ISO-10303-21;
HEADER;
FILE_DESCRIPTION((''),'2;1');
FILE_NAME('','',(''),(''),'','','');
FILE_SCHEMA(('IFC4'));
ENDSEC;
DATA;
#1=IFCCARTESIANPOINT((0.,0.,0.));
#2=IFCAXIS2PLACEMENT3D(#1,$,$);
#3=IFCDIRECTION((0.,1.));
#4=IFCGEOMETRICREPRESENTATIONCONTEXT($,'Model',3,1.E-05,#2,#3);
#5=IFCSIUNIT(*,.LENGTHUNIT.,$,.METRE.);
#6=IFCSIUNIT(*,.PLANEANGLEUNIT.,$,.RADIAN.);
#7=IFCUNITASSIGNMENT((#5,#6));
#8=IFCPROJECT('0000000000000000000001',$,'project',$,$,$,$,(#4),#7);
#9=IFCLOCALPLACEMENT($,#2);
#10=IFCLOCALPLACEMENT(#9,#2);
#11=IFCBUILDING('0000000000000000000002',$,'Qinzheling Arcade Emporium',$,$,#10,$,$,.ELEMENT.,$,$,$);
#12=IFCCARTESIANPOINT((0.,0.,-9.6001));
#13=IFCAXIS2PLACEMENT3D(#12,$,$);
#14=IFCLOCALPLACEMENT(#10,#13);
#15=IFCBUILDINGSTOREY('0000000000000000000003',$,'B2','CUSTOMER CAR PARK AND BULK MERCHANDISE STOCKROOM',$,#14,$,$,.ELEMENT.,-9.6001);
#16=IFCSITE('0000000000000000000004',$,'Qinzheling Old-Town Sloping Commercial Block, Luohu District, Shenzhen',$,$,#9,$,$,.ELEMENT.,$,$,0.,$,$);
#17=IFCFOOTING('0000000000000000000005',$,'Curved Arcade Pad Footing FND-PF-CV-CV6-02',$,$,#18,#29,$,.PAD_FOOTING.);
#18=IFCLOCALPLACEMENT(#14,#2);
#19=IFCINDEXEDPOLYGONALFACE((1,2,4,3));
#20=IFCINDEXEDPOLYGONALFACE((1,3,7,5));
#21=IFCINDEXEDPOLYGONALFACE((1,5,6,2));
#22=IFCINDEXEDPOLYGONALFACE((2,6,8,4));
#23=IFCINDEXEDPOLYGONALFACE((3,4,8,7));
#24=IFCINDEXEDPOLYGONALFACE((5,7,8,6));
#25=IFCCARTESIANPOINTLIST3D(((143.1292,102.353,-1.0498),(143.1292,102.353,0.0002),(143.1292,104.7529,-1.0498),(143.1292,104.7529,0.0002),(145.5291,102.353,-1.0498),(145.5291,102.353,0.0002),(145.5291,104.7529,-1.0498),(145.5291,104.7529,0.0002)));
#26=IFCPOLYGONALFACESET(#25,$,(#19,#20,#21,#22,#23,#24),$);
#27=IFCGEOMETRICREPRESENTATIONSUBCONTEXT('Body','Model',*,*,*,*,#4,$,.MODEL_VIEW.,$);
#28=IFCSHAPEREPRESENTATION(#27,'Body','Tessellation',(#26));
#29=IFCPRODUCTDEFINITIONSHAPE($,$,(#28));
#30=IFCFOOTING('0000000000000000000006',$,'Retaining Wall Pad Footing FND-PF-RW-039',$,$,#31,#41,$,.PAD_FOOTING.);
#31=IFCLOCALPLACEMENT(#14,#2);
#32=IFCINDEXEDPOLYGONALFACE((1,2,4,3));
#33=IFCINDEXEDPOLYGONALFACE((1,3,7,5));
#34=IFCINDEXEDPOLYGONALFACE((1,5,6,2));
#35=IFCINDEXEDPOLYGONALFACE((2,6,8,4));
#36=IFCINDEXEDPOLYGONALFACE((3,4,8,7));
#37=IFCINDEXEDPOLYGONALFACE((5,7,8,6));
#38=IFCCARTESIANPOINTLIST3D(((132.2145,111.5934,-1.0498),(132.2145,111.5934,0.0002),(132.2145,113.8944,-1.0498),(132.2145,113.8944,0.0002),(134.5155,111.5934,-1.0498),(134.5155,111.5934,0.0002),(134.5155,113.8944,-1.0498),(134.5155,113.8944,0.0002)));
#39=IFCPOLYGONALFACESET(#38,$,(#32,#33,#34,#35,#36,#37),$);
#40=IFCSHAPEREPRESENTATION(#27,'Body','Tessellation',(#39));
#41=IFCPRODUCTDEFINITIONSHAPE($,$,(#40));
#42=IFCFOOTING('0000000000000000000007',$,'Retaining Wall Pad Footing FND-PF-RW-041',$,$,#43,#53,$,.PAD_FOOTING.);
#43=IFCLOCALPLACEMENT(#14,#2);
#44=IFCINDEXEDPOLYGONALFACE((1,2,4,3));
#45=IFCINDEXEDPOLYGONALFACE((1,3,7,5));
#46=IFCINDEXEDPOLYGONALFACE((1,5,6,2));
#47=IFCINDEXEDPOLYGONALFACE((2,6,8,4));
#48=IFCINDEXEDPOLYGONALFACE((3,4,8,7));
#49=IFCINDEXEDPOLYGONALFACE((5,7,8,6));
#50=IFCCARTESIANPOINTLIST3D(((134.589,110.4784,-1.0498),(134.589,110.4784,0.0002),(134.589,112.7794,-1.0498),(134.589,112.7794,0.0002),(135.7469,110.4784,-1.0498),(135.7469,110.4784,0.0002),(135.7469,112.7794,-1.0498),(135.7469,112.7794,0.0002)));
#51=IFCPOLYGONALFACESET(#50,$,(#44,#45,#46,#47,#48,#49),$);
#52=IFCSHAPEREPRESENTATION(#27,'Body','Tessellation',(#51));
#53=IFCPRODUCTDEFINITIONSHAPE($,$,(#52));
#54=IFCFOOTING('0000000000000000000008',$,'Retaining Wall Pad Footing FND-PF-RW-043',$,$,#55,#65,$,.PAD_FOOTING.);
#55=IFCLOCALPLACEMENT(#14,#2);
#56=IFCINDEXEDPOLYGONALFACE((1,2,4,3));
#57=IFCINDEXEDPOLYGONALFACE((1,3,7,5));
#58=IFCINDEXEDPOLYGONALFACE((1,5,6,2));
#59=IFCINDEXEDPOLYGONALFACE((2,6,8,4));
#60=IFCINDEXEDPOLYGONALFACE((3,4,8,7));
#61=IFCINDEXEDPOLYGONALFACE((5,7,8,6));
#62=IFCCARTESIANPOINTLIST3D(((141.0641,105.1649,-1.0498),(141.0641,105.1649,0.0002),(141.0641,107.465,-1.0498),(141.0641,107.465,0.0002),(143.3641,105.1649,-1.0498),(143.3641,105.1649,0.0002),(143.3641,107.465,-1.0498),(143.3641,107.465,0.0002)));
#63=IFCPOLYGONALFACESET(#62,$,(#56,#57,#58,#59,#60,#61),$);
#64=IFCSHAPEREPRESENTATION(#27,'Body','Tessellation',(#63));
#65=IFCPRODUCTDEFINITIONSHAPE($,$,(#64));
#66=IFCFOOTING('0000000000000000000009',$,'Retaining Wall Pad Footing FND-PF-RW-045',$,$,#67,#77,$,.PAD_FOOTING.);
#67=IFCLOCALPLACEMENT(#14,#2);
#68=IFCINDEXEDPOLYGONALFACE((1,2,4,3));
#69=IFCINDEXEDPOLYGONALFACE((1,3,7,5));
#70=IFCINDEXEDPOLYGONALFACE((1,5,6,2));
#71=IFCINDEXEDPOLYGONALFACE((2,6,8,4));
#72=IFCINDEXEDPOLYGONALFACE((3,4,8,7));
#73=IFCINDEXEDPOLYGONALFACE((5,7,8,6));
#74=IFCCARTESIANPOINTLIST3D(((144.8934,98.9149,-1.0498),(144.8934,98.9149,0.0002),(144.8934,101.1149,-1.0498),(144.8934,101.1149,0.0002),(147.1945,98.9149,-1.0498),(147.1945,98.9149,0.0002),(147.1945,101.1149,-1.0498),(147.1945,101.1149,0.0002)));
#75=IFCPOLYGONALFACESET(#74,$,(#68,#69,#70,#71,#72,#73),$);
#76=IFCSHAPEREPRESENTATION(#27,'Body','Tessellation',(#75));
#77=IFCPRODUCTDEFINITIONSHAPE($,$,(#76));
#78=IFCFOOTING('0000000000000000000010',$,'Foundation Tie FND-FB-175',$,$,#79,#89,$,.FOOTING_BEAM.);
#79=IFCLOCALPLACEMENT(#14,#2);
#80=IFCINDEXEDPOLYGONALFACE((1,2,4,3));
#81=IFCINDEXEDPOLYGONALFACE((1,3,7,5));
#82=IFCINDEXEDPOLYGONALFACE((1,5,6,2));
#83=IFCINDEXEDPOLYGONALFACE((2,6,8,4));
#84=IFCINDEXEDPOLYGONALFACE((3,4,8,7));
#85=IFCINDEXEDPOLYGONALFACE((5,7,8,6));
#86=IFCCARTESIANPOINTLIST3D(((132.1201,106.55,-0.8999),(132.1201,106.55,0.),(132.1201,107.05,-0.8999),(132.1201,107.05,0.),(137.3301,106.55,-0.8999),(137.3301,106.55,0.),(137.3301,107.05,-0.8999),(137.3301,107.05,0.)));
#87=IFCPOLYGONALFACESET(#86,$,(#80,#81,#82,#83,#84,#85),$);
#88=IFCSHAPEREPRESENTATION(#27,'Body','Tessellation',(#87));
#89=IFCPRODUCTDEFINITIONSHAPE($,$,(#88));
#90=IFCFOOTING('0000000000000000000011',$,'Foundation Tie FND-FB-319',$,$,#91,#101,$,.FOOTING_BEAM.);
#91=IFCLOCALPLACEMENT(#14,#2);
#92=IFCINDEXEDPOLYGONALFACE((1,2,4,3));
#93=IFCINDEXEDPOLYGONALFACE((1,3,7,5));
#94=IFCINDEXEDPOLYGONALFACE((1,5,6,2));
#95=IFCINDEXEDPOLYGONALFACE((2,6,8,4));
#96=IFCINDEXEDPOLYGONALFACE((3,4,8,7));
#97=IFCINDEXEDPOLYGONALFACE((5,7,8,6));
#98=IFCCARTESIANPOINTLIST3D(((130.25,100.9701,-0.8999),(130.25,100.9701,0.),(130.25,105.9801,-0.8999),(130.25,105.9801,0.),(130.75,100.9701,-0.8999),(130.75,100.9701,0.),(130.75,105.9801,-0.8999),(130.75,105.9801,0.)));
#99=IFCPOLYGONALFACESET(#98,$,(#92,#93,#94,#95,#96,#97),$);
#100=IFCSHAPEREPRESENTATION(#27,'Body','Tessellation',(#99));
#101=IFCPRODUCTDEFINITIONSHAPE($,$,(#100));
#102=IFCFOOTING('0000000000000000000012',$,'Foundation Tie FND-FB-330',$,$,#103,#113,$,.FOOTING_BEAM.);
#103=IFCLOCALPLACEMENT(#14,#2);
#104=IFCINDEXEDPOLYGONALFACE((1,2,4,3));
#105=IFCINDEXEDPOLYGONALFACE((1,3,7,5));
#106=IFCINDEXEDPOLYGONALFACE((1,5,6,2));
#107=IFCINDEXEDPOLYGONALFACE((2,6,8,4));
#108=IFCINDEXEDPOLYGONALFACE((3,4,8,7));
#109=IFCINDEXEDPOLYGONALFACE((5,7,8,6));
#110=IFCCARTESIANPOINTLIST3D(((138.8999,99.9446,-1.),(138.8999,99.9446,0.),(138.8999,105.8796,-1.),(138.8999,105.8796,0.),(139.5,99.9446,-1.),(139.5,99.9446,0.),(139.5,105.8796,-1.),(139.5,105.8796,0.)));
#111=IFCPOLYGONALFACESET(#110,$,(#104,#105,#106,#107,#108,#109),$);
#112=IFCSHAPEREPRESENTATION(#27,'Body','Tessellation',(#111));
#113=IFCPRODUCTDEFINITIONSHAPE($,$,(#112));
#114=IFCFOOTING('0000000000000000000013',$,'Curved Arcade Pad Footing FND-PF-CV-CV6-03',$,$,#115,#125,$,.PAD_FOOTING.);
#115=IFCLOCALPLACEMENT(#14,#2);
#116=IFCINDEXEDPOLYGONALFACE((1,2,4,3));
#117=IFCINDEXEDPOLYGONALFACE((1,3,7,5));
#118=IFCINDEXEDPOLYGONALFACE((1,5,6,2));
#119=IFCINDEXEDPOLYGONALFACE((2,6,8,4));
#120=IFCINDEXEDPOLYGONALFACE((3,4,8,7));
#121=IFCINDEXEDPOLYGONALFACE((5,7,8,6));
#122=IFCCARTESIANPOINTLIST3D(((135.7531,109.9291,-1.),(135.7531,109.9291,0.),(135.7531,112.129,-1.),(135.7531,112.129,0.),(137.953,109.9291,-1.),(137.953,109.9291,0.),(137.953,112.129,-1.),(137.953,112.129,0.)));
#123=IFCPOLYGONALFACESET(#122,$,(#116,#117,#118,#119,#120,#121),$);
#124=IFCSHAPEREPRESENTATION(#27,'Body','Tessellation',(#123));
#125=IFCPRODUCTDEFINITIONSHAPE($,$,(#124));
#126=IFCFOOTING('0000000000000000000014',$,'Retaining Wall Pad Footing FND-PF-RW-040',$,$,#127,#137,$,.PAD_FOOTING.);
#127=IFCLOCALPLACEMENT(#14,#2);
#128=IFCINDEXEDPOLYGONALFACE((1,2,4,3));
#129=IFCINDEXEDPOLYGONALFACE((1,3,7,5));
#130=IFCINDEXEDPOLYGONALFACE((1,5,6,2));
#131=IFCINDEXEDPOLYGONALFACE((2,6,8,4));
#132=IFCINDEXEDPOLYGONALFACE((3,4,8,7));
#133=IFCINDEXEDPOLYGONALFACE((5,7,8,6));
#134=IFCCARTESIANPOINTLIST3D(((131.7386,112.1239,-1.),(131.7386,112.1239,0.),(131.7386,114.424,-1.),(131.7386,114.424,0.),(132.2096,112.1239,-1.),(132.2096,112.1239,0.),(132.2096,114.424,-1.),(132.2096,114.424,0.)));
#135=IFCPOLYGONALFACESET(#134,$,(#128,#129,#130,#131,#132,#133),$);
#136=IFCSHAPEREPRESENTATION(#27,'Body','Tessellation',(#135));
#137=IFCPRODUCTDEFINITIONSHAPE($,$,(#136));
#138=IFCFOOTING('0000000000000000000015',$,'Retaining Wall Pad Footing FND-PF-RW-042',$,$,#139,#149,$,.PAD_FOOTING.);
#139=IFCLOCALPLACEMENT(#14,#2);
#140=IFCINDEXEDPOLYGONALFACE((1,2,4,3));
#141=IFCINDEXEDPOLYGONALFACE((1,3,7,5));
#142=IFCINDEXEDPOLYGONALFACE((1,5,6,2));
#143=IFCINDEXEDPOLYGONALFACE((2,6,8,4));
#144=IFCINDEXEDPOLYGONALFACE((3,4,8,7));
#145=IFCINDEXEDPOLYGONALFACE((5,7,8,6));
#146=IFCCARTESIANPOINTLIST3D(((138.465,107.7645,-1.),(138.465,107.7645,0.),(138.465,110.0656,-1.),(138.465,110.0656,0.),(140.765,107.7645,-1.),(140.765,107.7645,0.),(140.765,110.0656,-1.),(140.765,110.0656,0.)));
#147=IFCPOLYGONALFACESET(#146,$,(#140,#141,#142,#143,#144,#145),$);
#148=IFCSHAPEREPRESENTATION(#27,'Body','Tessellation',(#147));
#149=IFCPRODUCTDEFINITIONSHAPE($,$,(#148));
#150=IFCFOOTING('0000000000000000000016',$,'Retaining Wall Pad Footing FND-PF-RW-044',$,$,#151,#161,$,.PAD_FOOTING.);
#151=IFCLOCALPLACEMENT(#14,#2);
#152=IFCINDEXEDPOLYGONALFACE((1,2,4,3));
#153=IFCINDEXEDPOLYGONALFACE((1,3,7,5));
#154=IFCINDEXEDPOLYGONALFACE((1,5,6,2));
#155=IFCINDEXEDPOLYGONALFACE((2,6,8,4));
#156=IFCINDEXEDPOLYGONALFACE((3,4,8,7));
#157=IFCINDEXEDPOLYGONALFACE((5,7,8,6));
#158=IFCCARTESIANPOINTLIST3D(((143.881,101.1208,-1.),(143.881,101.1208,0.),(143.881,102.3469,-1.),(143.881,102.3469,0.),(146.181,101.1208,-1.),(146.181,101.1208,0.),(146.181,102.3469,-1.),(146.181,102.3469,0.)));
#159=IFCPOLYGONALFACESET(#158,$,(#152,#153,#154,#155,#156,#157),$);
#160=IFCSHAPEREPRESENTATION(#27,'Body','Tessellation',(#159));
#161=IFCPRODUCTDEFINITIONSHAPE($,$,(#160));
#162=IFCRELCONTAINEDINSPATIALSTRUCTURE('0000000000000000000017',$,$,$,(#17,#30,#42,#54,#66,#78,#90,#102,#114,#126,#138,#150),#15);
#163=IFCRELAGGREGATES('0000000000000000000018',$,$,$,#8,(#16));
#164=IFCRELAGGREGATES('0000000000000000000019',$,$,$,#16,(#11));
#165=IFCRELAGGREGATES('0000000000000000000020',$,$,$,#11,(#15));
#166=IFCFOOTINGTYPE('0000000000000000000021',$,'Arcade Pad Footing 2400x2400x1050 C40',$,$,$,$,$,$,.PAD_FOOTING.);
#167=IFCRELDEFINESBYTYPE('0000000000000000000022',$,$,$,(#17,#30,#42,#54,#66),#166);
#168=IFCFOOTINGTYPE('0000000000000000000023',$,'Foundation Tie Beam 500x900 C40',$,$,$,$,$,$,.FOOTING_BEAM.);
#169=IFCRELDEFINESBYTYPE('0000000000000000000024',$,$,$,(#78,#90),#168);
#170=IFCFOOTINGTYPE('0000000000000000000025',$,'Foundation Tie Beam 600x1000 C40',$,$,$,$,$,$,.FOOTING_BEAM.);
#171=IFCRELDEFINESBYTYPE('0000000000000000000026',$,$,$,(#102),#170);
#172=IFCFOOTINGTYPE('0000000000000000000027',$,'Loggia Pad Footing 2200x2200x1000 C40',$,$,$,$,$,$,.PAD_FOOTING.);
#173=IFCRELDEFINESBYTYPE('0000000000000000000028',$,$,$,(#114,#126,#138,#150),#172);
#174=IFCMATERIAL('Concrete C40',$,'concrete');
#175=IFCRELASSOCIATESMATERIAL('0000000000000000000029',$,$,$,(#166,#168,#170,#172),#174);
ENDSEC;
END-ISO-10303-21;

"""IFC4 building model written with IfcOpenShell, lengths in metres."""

from ifc_helpers import new_model, si_unit, direction, frame, origin, origin_2d, place, context, subcontext, project, spatial, rectangle, extrude, material, type_object, element, save


model = new_model("IFC4")

# Units and contexts
model_context = context("Model", 3, precision=1e-05, world=origin(), true_north=direction((0.0, 1.0)))
body_context = subcontext(model_context, "Body", "Model", "MODEL_VIEW")
ifc_project = project(units=[si_unit("LENGTHUNIT", "METRE"), si_unit("PLANEANGLEUNIT", "RADIAN")], contexts=[model_context])

# Site, building, storey
site_placement = place(None, origin())
site = spatial("IfcSite", under=ifc_project, at=site_placement, Name="Qinzheling Old-Town Sloping Commercial Block, Luohu District, Shenzhen", CompositionType="ELEMENT", RefElevation=0.0)
building_placement = place(site_placement, origin())
building = spatial("IfcBuilding", under=site, at=building_placement, Name="Qinzheling Arcade Emporium", CompositionType="ELEMENT")
storey_placement = place(building_placement, frame((0.0, 0.0, -9.6001)))
storey = spatial("IfcBuildingStorey", under=building, at=storey_placement, Name="B2", Description="CUSTOMER CAR PARK AND BULK MERCHANDISE STOCKROOM", CompositionType="ELEMENT", Elevation=-9.6001)

# Footings
ifc_material_1 = material(Name="Concrete C40", Category="concrete")
footing_type_1 = type_object("IfcFootingType", Name="Arcade Pad Footing 2400x2400x1050 C40", PredefinedType="PAD_FOOTING", material=ifc_material_1)
footing_1_placement = place(storey_placement, frame((144.3291, 103.553, -1.0498), z_axis=(0.0, 0.0, 1.0), x_axis=(1.0, 0.0, 0.0)))
element("IfcFooting", 1, at=footing_1_placement, inside=storey, type_object=footing_type_1, Name="Curved Arcade Pad Footing FND-PF-CV-CV6-02", PredefinedType="PAD_FOOTING", context=body_context, shape_type="SweptSolid", body=[
    extrude(rectangle(XDim=2.3999, YDim=2.3999, at=origin_2d()), origin(), (0.0, 0.0, 1.0), 1.05),
])
footing_2_placement = place(storey_placement, frame((133.365, 112.7439, -1.0498), z_axis=(0.0, 0.0, 1.0), x_axis=(1.0, 0.0, 0.0)))
element("IfcFooting", 2, at=footing_2_placement, inside=storey, type_object=footing_type_1, Name="Retaining Wall Pad Footing FND-PF-RW-039", PredefinedType="PAD_FOOTING", context=body_context, shape_type="SweptSolid", body=[
    extrude(rectangle(XDim=2.301, YDim=2.301, at=origin_2d()), origin(), (0.0, 0.0, 1.0), 1.05),
])
footing_3_placement = place(storey_placement, frame((135.168, 111.6289, -1.0498), z_axis=(0.0, 0.0, 1.0), x_axis=(1.0, 0.0, 0.0)))
element("IfcFooting", 3, at=footing_3_placement, inside=storey, type_object=footing_type_1, Name="Retaining Wall Pad Footing FND-PF-RW-041", PredefinedType="PAD_FOOTING", context=body_context, shape_type="SweptSolid", body=[
    extrude(rectangle(XDim=1.158, YDim=2.301, at=origin_2d()), origin(), (0.0, 0.0, 1.0), 1.05),
])
footing_4_placement = place(storey_placement, frame((142.2141, 106.3149, -1.0498), z_axis=(0.0, 0.0, 1.0), x_axis=(1.0, 0.0, 0.0)))
element("IfcFooting", 4, at=footing_4_placement, inside=storey, type_object=footing_type_1, Name="Retaining Wall Pad Footing FND-PF-RW-043", PredefinedType="PAD_FOOTING", context=body_context, shape_type="SweptSolid", body=[
    extrude(rectangle(XDim=2.3, YDim=2.3, at=origin_2d()), origin(), (0.0, 0.0, 1.0), 1.05),
])
footing_5_placement = place(storey_placement, frame((146.0439, 100.0149, -1.0498), z_axis=(0.0, 0.0, 1.0), x_axis=(1.0, 0.0, 0.0)))
element("IfcFooting", 5, at=footing_5_placement, inside=storey, type_object=footing_type_1, Name="Retaining Wall Pad Footing FND-PF-RW-045", PredefinedType="PAD_FOOTING", context=body_context, shape_type="SweptSolid", body=[
    extrude(rectangle(XDim=2.301, YDim=2.2, at=origin_2d()), origin(), (0.0, 0.0, 1.0), 1.05),
])
footing_type_2 = type_object("IfcFootingType", Name="Foundation Tie Beam 500x900 C40", PredefinedType="FOOTING_BEAM", material=ifc_material_1)
footing_6_placement = place(storey_placement, frame((134.7251, 106.8, -0.8999), z_axis=(0.0, 0.0, 1.0), x_axis=(1.0, 0.0, 0.0)))
element("IfcFooting", 6, at=footing_6_placement, inside=storey, type_object=footing_type_2, Name="Foundation Tie FND-FB-175", PredefinedType="FOOTING_BEAM", context=body_context, shape_type="SweptSolid", body=[
    extrude(rectangle(XDim=5.21, YDim=0.5, at=origin_2d()), origin(), (0.0, 0.0, 1.0), 0.8999),
])
footing_7_placement = place(storey_placement, frame((130.5, 103.4751, -0.8999), z_axis=(0.0, 0.0, 1.0), x_axis=(1.0, 0.0, 0.0)))
element("IfcFooting", 7, at=footing_7_placement, inside=storey, type_object=footing_type_2, Name="Foundation Tie FND-FB-319", PredefinedType="FOOTING_BEAM", context=body_context, shape_type="SweptSolid", body=[
    extrude(rectangle(XDim=0.5, YDim=5.01, at=origin_2d()), origin(), (0.0, 0.0, 1.0), 0.8999),
])
footing_type_3 = type_object("IfcFootingType", Name="Foundation Tie Beam 600x1000 C40", PredefinedType="FOOTING_BEAM", material=ifc_material_1)
footing_8_placement = place(storey_placement, frame((139.2, 102.9121, -1.0), z_axis=(0.0, 0.0, 1.0), x_axis=(1.0, 0.0, 0.0)))
element("IfcFooting", 8, at=footing_8_placement, inside=storey, type_object=footing_type_3, Name="Foundation Tie FND-FB-330", PredefinedType="FOOTING_BEAM", context=body_context, shape_type="SweptSolid", body=[
    extrude(rectangle(XDim=0.6001, YDim=5.9351, at=origin_2d()), origin(), (0.0, 0.0, 1.0), 1.0),
])
footing_type_4 = type_object("IfcFootingType", Name="Loggia Pad Footing 2200x2200x1000 C40", PredefinedType="PAD_FOOTING", material=ifc_material_1)
footing_9_placement = place(storey_placement, frame((136.853, 111.0291, -1.0), z_axis=(0.0, 0.0, 1.0), x_axis=(1.0, 0.0, 0.0)))
element("IfcFooting", 9, at=footing_9_placement, inside=storey, type_object=footing_type_4, Name="Curved Arcade Pad Footing FND-PF-CV-CV6-03", PredefinedType="PAD_FOOTING", context=body_context, shape_type="SweptSolid", body=[
    extrude(rectangle(XDim=2.2, YDim=2.2, at=origin_2d()), origin(), (0.0, 0.0, 1.0), 1.0),
])
footing_10_placement = place(storey_placement, frame((131.9741, 113.2739, -1.0), z_axis=(0.0, 0.0, 1.0), x_axis=(1.0, 0.0, 0.0)))
element("IfcFooting", 10, at=footing_10_placement, inside=storey, type_object=footing_type_4, Name="Retaining Wall Pad Footing FND-PF-RW-040", PredefinedType="PAD_FOOTING", context=body_context, shape_type="SweptSolid", body=[
    extrude(rectangle(XDim=0.4709, YDim=2.3, at=origin_2d()), origin(), (0.0, 0.0, 1.0), 1.0),
])
footing_11_placement = place(storey_placement, frame((139.615, 108.915, -1.0), z_axis=(0.0, 0.0, 1.0), x_axis=(1.0, 0.0, 0.0)))
element("IfcFooting", 11, at=footing_11_placement, inside=storey, type_object=footing_type_4, Name="Retaining Wall Pad Footing FND-PF-RW-042", PredefinedType="PAD_FOOTING", context=body_context, shape_type="SweptSolid", body=[
    extrude(rectangle(XDim=2.3, YDim=2.301, at=origin_2d()), origin(), (0.0, 0.0, 1.0), 1.0),
])
footing_12_placement = place(storey_placement, frame((145.031, 101.7339, -1.0), z_axis=(0.0, 0.0, 1.0), x_axis=(1.0, 0.0, 0.0)))
element("IfcFooting", 12, at=footing_12_placement, inside=storey, type_object=footing_type_4, Name="Retaining Wall Pad Footing FND-PF-RW-044", PredefinedType="PAD_FOOTING", context=body_context, shape_type="SweptSolid", body=[
    extrude(rectangle(XDim=2.3, YDim=1.2261, at=origin_2d()), origin(), (0.0, 0.0, 1.0), 1.0),
])

save(model, "model.ifc")
